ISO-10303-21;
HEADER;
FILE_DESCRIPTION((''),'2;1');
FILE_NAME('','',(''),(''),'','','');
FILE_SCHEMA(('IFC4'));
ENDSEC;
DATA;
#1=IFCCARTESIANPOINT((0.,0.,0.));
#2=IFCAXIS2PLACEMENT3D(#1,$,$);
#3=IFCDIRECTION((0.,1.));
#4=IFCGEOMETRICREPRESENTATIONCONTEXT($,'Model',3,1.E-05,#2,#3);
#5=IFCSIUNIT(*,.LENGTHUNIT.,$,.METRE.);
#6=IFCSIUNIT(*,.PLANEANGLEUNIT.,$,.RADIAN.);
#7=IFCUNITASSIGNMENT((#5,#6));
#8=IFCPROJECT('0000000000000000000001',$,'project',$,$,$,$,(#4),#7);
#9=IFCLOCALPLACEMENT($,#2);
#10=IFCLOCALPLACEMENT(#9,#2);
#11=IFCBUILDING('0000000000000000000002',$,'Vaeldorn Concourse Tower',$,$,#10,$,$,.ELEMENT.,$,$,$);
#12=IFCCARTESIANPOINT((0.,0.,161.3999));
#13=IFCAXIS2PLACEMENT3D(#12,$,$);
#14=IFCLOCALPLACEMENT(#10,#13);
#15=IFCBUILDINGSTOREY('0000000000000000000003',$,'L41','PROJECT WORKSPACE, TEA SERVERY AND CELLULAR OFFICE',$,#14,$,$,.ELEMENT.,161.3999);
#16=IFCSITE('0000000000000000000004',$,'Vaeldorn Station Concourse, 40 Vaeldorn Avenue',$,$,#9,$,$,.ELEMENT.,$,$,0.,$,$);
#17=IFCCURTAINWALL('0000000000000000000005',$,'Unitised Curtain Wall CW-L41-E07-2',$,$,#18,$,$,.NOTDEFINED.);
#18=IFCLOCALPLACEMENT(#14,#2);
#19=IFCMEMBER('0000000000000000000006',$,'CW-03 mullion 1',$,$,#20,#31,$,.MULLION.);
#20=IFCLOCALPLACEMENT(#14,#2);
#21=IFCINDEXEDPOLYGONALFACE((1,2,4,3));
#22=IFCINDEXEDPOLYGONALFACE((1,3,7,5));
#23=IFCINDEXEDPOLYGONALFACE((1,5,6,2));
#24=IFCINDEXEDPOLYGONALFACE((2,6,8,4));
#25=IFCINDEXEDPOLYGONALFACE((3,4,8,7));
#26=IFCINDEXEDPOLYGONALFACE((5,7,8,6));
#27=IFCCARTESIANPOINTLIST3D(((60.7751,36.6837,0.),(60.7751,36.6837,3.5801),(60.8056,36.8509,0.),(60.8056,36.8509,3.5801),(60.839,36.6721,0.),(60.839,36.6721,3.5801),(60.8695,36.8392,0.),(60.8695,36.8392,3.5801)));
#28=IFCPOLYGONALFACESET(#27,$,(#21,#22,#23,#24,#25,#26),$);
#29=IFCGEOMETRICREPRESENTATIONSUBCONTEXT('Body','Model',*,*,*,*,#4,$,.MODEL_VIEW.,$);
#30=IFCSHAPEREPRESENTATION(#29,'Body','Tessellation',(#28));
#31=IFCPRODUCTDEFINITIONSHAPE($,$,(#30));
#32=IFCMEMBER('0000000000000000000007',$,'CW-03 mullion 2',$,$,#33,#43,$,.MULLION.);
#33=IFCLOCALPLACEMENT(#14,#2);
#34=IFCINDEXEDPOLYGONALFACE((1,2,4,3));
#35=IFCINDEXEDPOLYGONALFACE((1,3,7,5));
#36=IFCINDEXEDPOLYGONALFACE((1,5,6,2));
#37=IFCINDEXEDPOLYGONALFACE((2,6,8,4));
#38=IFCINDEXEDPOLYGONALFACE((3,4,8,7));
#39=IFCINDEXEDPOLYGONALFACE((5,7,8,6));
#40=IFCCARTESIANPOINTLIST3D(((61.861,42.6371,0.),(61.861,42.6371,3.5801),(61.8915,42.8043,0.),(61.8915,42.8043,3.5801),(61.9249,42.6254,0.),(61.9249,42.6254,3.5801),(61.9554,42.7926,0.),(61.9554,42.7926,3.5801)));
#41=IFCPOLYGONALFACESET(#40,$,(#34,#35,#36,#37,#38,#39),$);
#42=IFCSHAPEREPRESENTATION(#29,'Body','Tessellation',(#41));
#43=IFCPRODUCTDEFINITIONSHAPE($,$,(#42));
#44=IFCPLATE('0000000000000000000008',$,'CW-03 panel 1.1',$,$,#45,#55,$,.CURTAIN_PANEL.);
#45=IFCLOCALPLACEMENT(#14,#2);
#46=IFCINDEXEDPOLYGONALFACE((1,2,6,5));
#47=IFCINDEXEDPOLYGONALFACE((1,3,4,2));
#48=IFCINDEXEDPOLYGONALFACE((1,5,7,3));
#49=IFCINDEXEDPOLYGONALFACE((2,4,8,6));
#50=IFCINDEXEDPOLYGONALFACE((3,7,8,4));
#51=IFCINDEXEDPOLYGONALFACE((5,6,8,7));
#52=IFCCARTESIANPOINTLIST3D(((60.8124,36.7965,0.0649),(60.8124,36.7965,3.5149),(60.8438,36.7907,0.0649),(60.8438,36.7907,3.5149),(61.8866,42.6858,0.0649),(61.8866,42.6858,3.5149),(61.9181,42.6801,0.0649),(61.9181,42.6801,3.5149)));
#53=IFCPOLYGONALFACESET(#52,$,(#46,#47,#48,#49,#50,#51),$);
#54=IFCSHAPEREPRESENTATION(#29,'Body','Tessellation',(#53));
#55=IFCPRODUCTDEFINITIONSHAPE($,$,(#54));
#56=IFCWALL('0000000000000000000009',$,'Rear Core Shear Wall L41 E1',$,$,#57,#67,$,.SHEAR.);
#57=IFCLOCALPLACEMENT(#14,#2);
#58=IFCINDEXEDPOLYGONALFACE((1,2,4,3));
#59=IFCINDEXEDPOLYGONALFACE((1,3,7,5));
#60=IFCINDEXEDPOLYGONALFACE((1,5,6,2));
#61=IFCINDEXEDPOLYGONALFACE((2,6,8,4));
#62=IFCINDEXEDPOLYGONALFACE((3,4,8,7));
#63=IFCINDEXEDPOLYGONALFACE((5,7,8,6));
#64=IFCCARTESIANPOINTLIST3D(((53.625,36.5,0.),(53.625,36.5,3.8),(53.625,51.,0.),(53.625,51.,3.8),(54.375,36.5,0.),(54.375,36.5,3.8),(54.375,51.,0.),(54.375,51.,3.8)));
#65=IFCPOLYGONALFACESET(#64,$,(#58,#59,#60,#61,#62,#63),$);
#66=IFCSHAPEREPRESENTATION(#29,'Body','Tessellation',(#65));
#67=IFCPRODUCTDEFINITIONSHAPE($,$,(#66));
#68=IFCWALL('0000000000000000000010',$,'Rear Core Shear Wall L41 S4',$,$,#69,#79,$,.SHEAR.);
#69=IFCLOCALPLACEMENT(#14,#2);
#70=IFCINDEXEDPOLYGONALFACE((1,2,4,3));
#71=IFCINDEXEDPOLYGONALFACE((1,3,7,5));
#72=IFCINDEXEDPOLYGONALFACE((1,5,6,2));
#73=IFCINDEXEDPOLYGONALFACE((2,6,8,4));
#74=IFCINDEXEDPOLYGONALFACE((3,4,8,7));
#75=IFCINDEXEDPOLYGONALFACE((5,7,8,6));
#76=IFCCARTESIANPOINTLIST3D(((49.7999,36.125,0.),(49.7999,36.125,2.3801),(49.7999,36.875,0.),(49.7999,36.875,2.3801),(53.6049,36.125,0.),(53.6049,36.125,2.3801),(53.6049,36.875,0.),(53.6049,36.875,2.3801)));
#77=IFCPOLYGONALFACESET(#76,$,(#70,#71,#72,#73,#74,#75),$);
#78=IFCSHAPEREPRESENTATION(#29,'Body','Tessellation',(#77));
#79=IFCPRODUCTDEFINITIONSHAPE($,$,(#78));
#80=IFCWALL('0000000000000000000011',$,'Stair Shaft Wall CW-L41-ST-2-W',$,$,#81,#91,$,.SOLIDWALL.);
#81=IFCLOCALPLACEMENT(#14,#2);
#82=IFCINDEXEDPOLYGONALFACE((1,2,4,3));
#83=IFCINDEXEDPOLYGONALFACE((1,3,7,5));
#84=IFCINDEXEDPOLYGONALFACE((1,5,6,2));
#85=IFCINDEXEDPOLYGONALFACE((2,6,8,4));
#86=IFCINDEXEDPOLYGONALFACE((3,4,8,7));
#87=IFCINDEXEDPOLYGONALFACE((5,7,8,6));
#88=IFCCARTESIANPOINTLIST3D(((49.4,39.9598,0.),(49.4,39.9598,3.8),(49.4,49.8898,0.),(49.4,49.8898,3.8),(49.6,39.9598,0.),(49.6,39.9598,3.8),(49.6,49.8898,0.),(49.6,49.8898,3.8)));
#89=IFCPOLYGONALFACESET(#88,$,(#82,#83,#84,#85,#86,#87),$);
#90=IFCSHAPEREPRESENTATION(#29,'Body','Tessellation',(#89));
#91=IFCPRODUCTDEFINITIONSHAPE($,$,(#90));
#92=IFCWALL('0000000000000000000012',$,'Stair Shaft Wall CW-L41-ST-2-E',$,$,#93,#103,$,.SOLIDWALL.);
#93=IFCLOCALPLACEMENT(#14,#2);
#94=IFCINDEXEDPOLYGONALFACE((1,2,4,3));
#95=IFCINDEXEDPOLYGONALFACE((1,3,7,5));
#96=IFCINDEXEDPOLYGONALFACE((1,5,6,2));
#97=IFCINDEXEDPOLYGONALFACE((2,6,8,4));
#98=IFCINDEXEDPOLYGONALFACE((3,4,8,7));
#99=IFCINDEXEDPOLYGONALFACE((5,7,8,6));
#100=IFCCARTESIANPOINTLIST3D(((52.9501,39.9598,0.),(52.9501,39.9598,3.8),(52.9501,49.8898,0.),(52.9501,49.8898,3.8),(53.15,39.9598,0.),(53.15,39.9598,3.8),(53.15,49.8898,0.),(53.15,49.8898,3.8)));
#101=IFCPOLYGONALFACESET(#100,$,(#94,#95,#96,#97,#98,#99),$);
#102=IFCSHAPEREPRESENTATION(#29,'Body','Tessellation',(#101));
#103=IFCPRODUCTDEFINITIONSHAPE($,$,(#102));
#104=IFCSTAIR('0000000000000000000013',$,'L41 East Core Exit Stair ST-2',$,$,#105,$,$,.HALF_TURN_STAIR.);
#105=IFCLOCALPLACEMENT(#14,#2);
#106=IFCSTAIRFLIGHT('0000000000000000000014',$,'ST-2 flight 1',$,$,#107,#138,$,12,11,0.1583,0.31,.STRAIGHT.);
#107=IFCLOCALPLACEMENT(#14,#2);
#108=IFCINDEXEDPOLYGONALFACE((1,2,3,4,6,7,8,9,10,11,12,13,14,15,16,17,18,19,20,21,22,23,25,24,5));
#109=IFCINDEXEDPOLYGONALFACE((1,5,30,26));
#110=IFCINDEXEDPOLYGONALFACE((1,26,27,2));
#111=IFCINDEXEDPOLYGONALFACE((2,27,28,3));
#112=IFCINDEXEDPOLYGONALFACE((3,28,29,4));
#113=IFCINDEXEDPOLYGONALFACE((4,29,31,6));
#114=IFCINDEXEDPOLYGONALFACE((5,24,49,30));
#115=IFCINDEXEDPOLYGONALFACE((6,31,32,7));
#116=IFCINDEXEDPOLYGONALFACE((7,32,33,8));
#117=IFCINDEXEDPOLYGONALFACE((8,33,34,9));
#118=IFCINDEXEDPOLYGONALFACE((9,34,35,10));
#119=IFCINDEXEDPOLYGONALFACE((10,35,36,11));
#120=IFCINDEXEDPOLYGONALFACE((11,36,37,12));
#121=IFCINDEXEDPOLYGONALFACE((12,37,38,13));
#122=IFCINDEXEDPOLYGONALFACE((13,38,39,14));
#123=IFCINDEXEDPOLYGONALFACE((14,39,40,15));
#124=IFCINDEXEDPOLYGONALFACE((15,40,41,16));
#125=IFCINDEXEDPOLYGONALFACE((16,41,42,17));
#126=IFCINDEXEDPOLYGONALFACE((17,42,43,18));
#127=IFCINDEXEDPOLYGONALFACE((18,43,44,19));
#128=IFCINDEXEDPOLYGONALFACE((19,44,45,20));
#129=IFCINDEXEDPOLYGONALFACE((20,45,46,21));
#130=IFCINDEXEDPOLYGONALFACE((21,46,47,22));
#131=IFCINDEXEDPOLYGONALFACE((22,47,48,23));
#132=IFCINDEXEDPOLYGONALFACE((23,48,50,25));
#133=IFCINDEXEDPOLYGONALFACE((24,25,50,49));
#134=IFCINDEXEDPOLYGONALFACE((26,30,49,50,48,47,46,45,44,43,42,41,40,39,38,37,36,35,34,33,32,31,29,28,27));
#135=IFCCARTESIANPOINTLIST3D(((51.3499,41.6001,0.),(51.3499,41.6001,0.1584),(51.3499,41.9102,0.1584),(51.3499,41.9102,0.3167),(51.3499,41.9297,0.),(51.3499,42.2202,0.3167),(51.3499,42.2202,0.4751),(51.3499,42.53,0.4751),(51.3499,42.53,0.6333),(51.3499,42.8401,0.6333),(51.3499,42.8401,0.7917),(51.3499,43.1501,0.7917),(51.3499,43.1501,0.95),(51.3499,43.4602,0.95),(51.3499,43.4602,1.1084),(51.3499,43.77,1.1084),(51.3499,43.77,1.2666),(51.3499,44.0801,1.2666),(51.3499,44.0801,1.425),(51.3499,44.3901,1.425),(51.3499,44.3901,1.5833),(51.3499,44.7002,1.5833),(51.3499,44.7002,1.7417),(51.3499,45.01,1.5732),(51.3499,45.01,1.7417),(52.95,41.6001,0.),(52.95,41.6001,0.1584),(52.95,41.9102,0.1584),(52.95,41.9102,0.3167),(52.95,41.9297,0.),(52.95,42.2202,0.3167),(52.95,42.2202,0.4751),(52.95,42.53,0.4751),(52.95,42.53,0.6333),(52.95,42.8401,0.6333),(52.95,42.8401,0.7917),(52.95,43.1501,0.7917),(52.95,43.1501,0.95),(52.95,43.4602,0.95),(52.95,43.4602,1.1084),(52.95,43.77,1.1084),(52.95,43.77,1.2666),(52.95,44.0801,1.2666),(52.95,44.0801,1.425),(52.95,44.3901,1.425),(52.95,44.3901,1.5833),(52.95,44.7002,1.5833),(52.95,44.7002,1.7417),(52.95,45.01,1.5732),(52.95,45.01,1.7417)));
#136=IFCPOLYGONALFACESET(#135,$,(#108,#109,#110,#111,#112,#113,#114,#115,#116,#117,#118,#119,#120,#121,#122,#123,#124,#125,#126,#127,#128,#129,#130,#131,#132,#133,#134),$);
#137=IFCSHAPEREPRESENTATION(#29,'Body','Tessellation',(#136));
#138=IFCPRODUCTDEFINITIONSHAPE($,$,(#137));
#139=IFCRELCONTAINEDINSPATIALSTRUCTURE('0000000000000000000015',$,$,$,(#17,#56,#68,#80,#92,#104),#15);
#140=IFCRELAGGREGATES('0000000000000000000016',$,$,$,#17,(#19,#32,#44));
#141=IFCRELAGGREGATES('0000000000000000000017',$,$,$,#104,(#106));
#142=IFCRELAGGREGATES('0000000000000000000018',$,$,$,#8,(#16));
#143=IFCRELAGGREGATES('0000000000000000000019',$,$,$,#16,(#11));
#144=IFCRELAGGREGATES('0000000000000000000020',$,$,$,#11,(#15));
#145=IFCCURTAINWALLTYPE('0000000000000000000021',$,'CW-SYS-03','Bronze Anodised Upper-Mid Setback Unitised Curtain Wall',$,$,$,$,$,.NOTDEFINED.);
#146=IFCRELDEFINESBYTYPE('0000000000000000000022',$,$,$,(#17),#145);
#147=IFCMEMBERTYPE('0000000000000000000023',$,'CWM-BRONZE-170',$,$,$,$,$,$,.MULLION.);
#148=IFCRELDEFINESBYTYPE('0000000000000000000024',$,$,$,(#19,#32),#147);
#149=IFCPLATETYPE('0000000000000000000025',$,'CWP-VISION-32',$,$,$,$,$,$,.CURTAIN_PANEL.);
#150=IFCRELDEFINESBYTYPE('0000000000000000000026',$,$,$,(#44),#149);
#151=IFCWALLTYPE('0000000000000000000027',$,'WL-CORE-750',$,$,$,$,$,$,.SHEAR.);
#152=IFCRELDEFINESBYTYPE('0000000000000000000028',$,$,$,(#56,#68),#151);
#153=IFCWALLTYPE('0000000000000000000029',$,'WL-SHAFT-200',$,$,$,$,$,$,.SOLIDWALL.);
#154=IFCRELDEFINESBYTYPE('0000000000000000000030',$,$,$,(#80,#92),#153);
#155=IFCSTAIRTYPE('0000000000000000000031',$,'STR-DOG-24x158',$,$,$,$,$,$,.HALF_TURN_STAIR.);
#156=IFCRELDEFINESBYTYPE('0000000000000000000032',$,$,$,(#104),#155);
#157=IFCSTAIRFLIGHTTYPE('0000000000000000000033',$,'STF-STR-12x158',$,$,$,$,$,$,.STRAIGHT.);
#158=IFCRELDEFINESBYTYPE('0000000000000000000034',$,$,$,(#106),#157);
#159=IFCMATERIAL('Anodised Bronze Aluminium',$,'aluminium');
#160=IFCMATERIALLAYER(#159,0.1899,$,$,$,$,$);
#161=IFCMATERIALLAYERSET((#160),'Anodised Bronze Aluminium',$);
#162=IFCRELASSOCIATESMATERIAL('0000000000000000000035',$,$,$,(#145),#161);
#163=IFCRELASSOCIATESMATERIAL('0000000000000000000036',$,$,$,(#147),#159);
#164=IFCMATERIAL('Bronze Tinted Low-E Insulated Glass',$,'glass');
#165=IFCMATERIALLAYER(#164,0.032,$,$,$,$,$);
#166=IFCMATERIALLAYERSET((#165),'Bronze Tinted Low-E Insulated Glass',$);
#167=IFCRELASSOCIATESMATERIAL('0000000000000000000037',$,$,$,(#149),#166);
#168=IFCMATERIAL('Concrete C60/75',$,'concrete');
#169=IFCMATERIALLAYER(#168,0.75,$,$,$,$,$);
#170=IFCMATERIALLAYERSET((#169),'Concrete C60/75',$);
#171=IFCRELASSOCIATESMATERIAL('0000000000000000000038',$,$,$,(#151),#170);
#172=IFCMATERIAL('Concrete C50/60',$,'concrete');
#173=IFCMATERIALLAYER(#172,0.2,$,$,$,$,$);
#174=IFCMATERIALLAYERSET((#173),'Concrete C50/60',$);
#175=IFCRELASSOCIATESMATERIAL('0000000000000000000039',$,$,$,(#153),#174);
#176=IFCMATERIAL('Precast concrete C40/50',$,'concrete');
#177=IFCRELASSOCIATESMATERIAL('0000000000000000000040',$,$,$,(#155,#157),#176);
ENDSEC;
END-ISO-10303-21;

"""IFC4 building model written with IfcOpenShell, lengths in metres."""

from ifc_helpers import new_model, si_unit, direction, frame, frame_2d, origin, origin_2d, place, context, subcontext, project, spatial, polyline, rectangle, outline, extrude, source, transform, mapped, material, layer, layer_set, material_profile, profile_set, type_object, element, aggregate, save


model = new_model("IFC4")

# Units and contexts
model_context = context("Model", 3, precision=1e-05, world=origin(), true_north=direction((0.0, 1.0)))
body_context = subcontext(model_context, "Body", "Model", "MODEL_VIEW")
ifc_project = project(units=[si_unit("LENGTHUNIT", "METRE"), si_unit("PLANEANGLEUNIT", "RADIAN")], contexts=[model_context])

# Site, building, storey
site_placement = place(None, origin())
site = spatial("IfcSite", under=ifc_project, at=site_placement, Name="Vaeldorn Station Concourse, 40 Vaeldorn Avenue", CompositionType="ELEMENT", RefElevation=0.0)
building_placement = place(site_placement, origin())
building = spatial("IfcBuilding", under=site, at=building_placement, Name="Vaeldorn Concourse Tower", CompositionType="ELEMENT")
storey_placement = place(building_placement, frame((0.0, 0.0, 161.3999)))
storey = spatial("IfcBuildingStorey", under=building, at=storey_placement, Name="L41", Description="PROJECT WORKSPACE, TEA SERVERY AND CELLULAR OFFICE", CompositionType="ELEMENT", Elevation=161.3999)

# Shared definitions
ifc_material_1 = material(Name="Concrete C50/60", Category="concrete")

# Curtain wall, members, plate
ifc_material_2 = material(Name="Anodised Bronze Aluminium", Category="aluminium")
ifc_layer_1 = layer(ifc_material_2, 0.1899)
ifc_layer_set_1 = layer_set([ifc_layer_1], Name="Anodised Bronze Aluminium")
curtain_wall_type = type_object("IfcCurtainWallType", Name="CW-SYS-03", Description="Bronze Anodised Upper-Mid Setback Unitised Curtain Wall", PredefinedType="NOTDEFINED", material=ifc_layer_set_1)
curtain_wall_placement = place(storey_placement, origin())
curtain_wall = element("IfcCurtainWall", 1, at=curtain_wall_placement, inside=storey, type_object=curtain_wall_type, Name="Unitised Curtain Wall CW-L41-E07-2", PredefinedType="NOTDEFINED")
ifc_material_profile_1 = material_profile(ifc_material_2, rectangle(XDim=0.0649, YDim=0.1699, at=origin_2d()), Name="CWM 65x170")
ifc_profile_set_1 = profile_set([ifc_material_profile_1], Name="Anodised Bronze Aluminium")
member_type_1 = type_object("IfcMemberType", Name="CWM-BRONZE-170", PredefinedType="MULLION", material=ifc_profile_set_1)
shared_shape_1 = source(origin(), body_context, "Body", "SweptSolid", [
    extrude(rectangle(XDim=0.0649, YDim=0.1699, at=origin_2d()), origin(), (0.0, 0.0, 1.0), 3.5801),
])
member_1_placement = place(storey_placement, frame((60.8223, 36.7615, 0.0), z_axis=(0.0, 0.0, 1.0), x_axis=(-0.983768, 0.179447, 0.0)))
member_1 = element("IfcMember", 2, at=member_1_placement, type_object=member_type_1, Name="CW-03 mullion 1", PredefinedType="MULLION", context=body_context, shape_type="MappedRepresentation", body=[
    mapped(shared_shape_1, transform((0.0, 0.0, 0.0), scale=1.0)),
])
member_2_placement = place(storey_placement, frame((61.9082, 42.7148, 0.0), z_axis=(0.0, 0.0, 1.0), x_axis=(-0.983768, 0.179447, 0.0)))
member_2 = element("IfcMember", 3, at=member_2_placement, type_object=member_type_1, Name="CW-03 mullion 2", PredefinedType="MULLION", context=body_context, shape_type="MappedRepresentation", body=[
    mapped(shared_shape_1, transform((0.0, 0.0, 0.0), scale=1.0)),
])
ifc_material_3 = material(Name="Bronze Tinted Low-E Insulated Glass", Category="glass")
ifc_layer_2 = layer(ifc_material_3, 0.032)
ifc_layer_set_2 = layer_set([ifc_layer_2], Name="Bronze Tinted Low-E Insulated Glass")
plate_type = type_object("IfcPlateType", Name="CWP-VISION-32", PredefinedType="CURTAIN_PANEL", material=ifc_layer_set_2)
shared_shape_2 = source(origin(), body_context, "Body", "SweptSolid", [
    extrude(rectangle(XDim=5.9866, YDim=0.032, at=origin_2d()), origin(), (0.0, 0.0, 1.0), 3.45),
])
plate_placement = place(storey_placement, frame((61.3652, 39.7383, 0.0649), z_axis=(0.0, 0.0, 1.0), x_axis=(0.179447, 0.983768, 0.0)))
plate = element("IfcPlate", 4, at=plate_placement, type_object=plate_type, Name="CW-03 panel 1.1", PredefinedType="CURTAIN_PANEL", context=body_context, shape_type="MappedRepresentation", body=[
    mapped(shared_shape_2, transform((0.0, 0.0, 0.0), scale=1.0)),
])
aggregate(curtain_wall, [member_1, member_2, plate])

# Walls
ifc_material_4 = material(Name="Concrete C60/75", Category="concrete")
ifc_layer_3 = layer(ifc_material_4, 0.75)
ifc_layer_set_3 = layer_set([ifc_layer_3], Name="Concrete C60/75")
wall_type_1 = type_object("IfcWallType", Name="WL-CORE-750", PredefinedType="SHEAR", material=ifc_layer_set_3)
wall_1_placement = place(storey_placement, frame((54.0, 36.5, 0.0), z_axis=(0.0, 0.0, 1.0), x_axis=(0.0, 1.0, 0.0)))
element("IfcWall", 5, at=wall_1_placement, inside=storey, type_object=wall_type_1, Name="Rear Core Shear Wall L41 E1", PredefinedType="SHEAR", context=body_context, shape_type="SweptSolid", body=[
    extrude(rectangle(XDim=14.5, YDim=0.75, at=frame_2d((7.25, 0.0))), origin(), (0.0, 0.0, 1.0), 3.8),
])
wall_2_placement = place(storey_placement, frame((49.8, 36.5, 0.0), z_axis=(0.0, 0.0, 1.0), x_axis=(1.0, 0.0, 0.0)))
element("IfcWall", 6, at=wall_2_placement, inside=storey, type_object=wall_type_1, Name="Rear Core Shear Wall L41 S4", PredefinedType="SHEAR", context=body_context, shape_type="SweptSolid", body=[
    extrude(rectangle(XDim=3.8049, YDim=0.75, at=frame_2d((1.9023, 0.0))), origin(), (0.0, 0.0, 1.0), 2.3801),
])

# Shared definitions
ifc_layer_4 = layer(ifc_material_1, 0.2)
ifc_layer_set_4 = layer_set([ifc_layer_4], Name="Concrete C50/60")
wall_type_2 = type_object("IfcWallType", Name="WL-SHAFT-200", PredefinedType="SOLIDWALL", material=ifc_layer_set_4)

# Walls
for number, where, z_axis, x_axis, name in (
    (7, (49.5, 39.96, 0.0), (0.0, 0.0, 1.0), (0.0, 1.0, 0.0), "Stair Shaft Wall CW-L41-ST-2-W"),
    (8, (53.05, 39.96, 0.0), (0.0, 0.0, 1.0), (0.0, 1.0, 0.0), "Stair Shaft Wall CW-L41-ST-2-E"),
):
    element("IfcWall", number, at=place(storey_placement, frame(where, z_axis=z_axis, x_axis=x_axis)), inside=storey, type_object=wall_type_2, Name=name, PredefinedType="SOLIDWALL", context=body_context, shape_type="SweptSolid", body=[
        extrude(rectangle(XDim=9.9299, YDim=0.2, at=frame_2d((4.9648, 0.0))), origin(), (0.0, 0.0, 1.0), 3.8),
    ])

# Stair, stair flight
ifc_material_5 = material(Name="Precast concrete C40/50", Category="concrete")
stair_type = type_object("IfcStairType", Name="STR-DOG-24x158", PredefinedType="HALF_TURN_STAIR", material=ifc_material_5)
stair_placement = place(storey_placement, origin())
stair = element("IfcStair", 9, at=stair_placement, inside=storey, type_object=stair_type, Name="L41 East Core Exit Stair ST-2", PredefinedType="HALF_TURN_STAIR")
stair_flight_type = type_object("IfcStairFlightType", Name="STF-STR-12x158", PredefinedType="STRAIGHT", material=ifc_material_5)
stair_flight_placement = place(storey_placement, frame((52.1499, 41.6001, 0.0), z_axis=(0.0, 0.0, 1.0), x_axis=(0.0, 1.0, 0.0)))
stair_flight = element("IfcStairFlight", 10, at=stair_flight_placement, type_object=stair_flight_type, Name="ST-2 flight 1", NumberOfRisers=12, NumberOfTreads=11, PredefinedType="STRAIGHT", RiserHeight=0.1583, TreadLength=0.31, context=body_context, shape_type="SweptSolid", body=[
    extrude(outline(polyline([(0.0, 0.0), (0.0, 0.1584), (0.3101, 0.1584), (0.3101, 0.3167), (0.6201, 0.3167), (0.6201, 0.4751), (0.9299, 0.4751), (0.9299, 0.6333), (1.24, 0.6333), (1.24, 0.7917), (1.55, 0.7917), (1.55, 0.95), (1.8601, 0.95), (1.8601, 1.1084), (2.1699, 1.1084), (2.1699, 1.2666), (2.48, 1.2666), (2.48, 1.425), (2.79, 1.425), (2.79, 1.5833), (3.1001, 1.5833), (3.1001, 1.7417), (3.4099, 1.7417), (3.4099, 1.8999), (3.4099, 1.5732), (0.3296, 0.0), (0.0, 0.0)])), frame((0.0, 0.8, 0.0), z_axis=(0.0, -1.0, 0.0), x_axis=(1.0, 0.0, 0.0)), (0.0, 0.0, 1.0), 1.6001),
])
aggregate(stair, [stair_flight])

save(model, "model.ifc")
